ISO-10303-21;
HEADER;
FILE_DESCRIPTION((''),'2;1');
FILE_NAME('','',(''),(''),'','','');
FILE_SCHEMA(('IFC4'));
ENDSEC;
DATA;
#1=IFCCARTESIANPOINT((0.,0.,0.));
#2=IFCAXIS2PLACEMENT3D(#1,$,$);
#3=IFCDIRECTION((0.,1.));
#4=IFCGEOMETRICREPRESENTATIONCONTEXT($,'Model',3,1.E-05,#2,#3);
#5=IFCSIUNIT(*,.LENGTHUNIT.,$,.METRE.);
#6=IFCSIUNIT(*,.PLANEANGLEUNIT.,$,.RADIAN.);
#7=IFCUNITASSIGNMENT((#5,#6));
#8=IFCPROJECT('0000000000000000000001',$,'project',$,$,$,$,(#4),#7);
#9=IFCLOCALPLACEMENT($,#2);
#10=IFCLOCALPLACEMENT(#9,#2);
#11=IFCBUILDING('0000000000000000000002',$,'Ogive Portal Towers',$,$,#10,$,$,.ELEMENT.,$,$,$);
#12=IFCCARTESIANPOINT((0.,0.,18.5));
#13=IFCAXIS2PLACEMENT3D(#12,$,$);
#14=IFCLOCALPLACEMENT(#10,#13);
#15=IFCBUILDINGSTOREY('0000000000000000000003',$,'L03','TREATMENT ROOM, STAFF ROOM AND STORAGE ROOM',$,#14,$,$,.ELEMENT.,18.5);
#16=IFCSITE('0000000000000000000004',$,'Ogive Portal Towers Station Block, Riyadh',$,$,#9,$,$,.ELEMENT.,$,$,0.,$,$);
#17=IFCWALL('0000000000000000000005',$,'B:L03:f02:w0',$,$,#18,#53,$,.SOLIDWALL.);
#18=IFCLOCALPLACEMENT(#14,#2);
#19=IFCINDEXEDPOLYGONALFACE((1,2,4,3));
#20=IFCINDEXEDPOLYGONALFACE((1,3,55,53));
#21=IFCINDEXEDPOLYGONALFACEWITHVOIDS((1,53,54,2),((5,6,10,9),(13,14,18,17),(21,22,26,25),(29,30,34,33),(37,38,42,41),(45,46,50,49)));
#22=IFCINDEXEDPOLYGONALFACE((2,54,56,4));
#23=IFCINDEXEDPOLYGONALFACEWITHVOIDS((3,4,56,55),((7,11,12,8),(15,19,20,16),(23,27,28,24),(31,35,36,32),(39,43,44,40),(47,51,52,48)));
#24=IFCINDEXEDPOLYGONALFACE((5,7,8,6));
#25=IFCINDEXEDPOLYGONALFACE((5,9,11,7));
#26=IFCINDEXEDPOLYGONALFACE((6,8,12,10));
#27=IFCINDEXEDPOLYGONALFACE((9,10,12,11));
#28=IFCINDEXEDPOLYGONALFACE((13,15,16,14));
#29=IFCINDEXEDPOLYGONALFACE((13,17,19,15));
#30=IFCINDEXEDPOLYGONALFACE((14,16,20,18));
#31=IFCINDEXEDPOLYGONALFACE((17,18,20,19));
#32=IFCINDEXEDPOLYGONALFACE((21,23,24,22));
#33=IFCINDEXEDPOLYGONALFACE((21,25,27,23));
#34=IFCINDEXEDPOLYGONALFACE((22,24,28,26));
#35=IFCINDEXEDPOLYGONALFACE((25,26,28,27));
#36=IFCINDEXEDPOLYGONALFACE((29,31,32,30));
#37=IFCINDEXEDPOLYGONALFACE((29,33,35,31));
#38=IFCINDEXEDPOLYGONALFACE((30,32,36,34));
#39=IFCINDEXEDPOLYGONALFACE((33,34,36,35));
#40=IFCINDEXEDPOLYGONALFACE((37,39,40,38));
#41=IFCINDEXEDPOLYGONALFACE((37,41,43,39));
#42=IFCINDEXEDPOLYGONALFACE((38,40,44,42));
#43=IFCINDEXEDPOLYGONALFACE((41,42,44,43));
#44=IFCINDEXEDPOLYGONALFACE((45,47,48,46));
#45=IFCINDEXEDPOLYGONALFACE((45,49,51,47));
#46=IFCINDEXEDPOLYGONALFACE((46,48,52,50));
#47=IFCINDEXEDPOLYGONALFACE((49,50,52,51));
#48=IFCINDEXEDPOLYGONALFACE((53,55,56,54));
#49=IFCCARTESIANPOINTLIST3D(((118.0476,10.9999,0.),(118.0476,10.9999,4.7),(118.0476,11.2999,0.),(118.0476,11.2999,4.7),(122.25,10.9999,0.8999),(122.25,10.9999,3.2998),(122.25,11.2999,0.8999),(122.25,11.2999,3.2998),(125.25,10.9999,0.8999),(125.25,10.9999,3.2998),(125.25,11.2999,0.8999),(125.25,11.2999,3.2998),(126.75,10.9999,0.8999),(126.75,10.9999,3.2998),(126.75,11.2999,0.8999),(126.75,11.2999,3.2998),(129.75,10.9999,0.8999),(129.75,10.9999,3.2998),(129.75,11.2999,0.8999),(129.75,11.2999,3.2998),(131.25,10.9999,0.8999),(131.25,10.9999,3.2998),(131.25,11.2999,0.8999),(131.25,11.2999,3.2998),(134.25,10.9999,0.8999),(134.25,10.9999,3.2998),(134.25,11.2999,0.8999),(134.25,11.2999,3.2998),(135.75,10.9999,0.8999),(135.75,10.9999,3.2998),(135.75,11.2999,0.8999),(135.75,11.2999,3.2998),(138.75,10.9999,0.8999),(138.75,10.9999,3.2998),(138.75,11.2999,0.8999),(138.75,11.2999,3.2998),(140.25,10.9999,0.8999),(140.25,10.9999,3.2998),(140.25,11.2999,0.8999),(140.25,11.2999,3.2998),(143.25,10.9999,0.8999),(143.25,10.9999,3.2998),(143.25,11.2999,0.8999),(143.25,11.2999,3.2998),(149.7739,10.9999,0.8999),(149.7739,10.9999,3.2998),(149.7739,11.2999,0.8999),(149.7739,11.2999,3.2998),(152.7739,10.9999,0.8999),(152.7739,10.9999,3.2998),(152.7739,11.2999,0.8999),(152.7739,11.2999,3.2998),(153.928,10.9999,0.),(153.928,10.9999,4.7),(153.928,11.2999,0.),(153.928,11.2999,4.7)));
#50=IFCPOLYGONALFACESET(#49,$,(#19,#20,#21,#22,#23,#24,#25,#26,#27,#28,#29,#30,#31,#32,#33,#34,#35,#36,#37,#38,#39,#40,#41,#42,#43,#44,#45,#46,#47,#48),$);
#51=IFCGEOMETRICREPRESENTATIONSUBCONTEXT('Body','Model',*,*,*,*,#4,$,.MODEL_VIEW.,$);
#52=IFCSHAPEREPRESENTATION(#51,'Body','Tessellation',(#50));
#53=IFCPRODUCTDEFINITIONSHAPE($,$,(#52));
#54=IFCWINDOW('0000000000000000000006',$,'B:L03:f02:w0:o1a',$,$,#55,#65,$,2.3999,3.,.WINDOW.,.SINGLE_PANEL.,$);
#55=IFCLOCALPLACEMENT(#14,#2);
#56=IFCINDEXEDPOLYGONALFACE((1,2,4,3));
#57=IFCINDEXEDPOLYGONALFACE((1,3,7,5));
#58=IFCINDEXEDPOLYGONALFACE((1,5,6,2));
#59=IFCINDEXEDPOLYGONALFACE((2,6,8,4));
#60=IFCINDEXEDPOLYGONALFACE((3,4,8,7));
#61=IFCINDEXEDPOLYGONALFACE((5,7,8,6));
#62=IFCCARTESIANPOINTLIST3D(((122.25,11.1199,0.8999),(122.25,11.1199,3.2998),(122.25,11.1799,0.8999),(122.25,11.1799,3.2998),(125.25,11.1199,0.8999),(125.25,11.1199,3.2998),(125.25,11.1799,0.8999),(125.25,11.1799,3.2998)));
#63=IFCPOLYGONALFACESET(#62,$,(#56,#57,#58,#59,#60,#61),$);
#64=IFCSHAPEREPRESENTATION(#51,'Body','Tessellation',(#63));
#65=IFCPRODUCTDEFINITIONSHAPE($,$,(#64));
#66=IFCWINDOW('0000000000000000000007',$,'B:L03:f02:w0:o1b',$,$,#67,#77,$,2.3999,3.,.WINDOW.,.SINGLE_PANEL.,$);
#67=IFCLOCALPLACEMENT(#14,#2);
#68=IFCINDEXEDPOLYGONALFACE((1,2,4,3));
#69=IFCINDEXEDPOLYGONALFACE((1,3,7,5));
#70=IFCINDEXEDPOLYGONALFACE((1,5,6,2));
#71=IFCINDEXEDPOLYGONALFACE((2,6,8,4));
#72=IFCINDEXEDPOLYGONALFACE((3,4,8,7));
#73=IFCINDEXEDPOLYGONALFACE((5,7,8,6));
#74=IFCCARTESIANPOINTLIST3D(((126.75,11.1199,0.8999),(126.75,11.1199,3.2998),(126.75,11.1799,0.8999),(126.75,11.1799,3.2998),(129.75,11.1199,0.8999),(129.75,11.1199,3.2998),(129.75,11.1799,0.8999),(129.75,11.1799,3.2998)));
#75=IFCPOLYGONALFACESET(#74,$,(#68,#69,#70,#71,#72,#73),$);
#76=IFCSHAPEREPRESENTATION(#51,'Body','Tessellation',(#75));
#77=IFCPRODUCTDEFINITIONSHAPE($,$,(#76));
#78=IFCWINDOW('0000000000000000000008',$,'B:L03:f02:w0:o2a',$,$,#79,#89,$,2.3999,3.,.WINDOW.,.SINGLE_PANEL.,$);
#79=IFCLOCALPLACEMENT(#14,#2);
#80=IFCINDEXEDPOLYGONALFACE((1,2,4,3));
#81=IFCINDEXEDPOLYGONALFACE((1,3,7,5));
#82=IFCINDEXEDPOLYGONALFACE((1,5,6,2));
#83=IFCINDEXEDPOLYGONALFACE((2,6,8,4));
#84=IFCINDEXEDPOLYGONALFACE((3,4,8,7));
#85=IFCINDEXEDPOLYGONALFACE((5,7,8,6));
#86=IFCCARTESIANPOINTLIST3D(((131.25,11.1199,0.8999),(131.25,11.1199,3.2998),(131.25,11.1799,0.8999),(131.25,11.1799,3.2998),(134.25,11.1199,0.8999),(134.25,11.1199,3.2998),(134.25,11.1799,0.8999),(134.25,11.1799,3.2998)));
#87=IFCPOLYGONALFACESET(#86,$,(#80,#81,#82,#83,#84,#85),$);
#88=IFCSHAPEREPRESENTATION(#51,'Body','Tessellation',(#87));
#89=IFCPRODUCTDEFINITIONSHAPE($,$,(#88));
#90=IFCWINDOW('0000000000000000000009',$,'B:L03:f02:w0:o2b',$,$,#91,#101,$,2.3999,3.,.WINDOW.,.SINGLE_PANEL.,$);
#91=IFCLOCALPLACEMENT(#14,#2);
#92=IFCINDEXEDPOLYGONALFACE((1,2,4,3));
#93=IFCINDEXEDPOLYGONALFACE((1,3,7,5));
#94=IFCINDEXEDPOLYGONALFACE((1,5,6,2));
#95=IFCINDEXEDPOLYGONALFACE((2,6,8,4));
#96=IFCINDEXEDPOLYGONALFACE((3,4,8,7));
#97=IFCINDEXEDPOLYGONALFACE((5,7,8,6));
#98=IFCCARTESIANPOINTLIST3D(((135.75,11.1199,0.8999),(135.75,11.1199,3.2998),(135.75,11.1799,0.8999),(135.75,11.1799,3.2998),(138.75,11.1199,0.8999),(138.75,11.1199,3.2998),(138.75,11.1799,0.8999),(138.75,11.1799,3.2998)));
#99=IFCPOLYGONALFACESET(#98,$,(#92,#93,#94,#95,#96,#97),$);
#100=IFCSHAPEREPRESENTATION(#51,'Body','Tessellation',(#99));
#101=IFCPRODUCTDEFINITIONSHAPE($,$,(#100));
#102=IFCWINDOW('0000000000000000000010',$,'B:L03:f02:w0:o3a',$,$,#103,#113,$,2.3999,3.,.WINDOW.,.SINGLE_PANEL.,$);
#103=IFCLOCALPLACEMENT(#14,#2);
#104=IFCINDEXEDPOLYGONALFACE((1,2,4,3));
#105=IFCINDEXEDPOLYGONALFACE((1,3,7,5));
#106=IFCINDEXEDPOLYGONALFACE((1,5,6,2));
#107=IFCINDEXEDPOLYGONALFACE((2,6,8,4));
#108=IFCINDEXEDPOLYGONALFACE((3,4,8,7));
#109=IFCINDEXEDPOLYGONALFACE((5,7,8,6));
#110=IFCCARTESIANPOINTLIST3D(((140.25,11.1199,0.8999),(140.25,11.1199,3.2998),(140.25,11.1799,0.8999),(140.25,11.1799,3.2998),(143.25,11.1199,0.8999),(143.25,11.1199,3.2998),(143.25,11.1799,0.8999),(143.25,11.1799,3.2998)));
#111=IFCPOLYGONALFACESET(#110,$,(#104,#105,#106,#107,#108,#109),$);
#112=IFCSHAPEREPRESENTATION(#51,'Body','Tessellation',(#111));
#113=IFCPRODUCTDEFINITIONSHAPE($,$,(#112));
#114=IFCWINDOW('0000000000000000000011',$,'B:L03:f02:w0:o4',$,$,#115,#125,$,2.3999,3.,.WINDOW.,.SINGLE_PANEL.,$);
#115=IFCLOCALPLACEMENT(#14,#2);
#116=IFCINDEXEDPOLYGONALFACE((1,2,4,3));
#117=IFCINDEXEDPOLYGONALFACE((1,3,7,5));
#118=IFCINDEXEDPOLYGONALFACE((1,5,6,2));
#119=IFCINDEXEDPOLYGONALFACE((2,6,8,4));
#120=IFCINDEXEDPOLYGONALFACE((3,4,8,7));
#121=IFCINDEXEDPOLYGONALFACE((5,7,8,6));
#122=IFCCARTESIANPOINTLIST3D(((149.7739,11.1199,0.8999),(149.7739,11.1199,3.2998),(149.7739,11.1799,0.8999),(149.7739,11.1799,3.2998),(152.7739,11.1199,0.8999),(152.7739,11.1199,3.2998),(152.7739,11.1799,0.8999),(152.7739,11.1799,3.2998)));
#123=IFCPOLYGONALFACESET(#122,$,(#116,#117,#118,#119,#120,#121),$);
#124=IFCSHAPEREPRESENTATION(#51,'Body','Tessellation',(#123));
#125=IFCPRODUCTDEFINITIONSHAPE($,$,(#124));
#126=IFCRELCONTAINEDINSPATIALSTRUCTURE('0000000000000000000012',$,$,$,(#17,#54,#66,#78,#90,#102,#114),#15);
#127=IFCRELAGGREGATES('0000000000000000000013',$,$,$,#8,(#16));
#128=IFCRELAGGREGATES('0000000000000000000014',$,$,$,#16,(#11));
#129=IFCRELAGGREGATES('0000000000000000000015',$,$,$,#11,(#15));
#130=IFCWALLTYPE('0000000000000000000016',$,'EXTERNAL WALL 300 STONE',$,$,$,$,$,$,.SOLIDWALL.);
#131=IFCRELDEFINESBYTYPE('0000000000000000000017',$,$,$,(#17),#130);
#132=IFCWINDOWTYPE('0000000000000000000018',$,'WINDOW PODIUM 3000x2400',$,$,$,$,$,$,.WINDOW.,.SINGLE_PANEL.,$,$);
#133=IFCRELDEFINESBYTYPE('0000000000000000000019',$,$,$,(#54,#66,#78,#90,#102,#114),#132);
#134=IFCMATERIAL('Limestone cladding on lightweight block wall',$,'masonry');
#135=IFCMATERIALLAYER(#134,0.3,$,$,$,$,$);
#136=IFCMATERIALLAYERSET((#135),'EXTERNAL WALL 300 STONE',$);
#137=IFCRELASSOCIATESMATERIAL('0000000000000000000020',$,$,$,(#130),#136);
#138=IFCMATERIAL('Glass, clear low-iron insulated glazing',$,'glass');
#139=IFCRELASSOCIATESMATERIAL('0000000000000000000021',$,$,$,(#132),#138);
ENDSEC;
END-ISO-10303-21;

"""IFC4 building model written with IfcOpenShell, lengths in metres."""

from ifc_helpers import new_model, si_unit, direction, frame, frame_2d, origin, place, context, subcontext, project, spatial, rectangle, extrude, material, layer, layer_set, type_object, element, fill, save


model = new_model("IFC4")

# Units and contexts
model_context = context("Model", 3, precision=1e-05, world=origin(), true_north=direction((0.0, 1.0)))
body_context = subcontext(model_context, "Body", "Model", "MODEL_VIEW")
ifc_project = project(units=[si_unit("LENGTHUNIT", "METRE"), si_unit("PLANEANGLEUNIT", "RADIAN")], contexts=[model_context])

# Site, building, storey
site_placement = place(None, origin())
site = spatial("IfcSite", under=ifc_project, at=site_placement, Name="Ogive Portal Towers Station Block, Riyadh", CompositionType="ELEMENT", RefElevation=0.0)
building_placement = place(site_placement, origin())
building = spatial("IfcBuilding", under=site, at=building_placement, Name="Ogive Portal Towers", CompositionType="ELEMENT")
storey_placement = place(building_placement, frame((0.0, 0.0, 18.5)))
storey = spatial("IfcBuildingStorey", under=building, at=storey_placement, Name="L03", Description="TREATMENT ROOM, STAFF ROOM AND STORAGE ROOM", CompositionType="ELEMENT", Elevation=18.5)

# Shared definitions
ifc_material_1 = material(Name="Limestone cladding on lightweight block wall", Category="masonry")
ifc_layer_1 = layer(ifc_material_1, 0.3)
ifc_layer_set_1 = layer_set([ifc_layer_1], Name="EXTERNAL WALL 300 STONE")
wall_type_1 = type_object("IfcWallType", Name="EXTERNAL WALL 300 STONE", PredefinedType="SOLIDWALL", material=ifc_layer_set_1)

# Wall, openings, windows
wall_1_placement = place(storey_placement, frame((118.0476, 11.1499, 0.0), z_axis=(0.0, 0.0, 1.0), x_axis=(1.0, 0.0, 0.0)))
wall_1 = element("IfcWall", 1, at=wall_1_placement, inside=storey, type_object=wall_type_1, Name="B:L03:f02:w0", PredefinedType="SOLIDWALL", context=body_context, shape_type="SweptSolid", body=[
    extrude(rectangle(XDim=35.8804, YDim=0.3, at=frame_2d((17.9402, 0.0))), origin(), (0.0, 0.0, 1.0), 4.7),
])
opening_1_placement = place(wall_1_placement, frame((4.2024, 0.0, 0.8999)))
opening_1 = element("IfcOpeningElement", 2, at=opening_1_placement, cuts=wall_1, PredefinedType="OPENING", context=body_context, shape_type="SweptSolid", body=[
    extrude(rectangle(XDim=3.0, YDim=2.3999, at=frame_2d((1.5, 1.2))), frame((0.0, 0.1602, 0.0), z_axis=(0.0, -1.0, 0.0), x_axis=(1.0, 0.0, 0.0)), (0.0, 0.0, 1.0), 0.3201),
])
opening_2_placement = place(wall_1_placement, frame((8.7024, 0.0, 0.8999)))
opening_2 = element("IfcOpeningElement", 3, at=opening_2_placement, cuts=wall_1, PredefinedType="OPENING", context=body_context, shape_type="SweptSolid", body=[
    extrude(rectangle(XDim=3.0, YDim=2.3999, at=frame_2d((1.5, 1.2))), frame((0.0, 0.1602, 0.0), z_axis=(0.0, -1.0, 0.0), x_axis=(1.0, 0.0, 0.0)), (0.0, 0.0, 1.0), 0.3201),
])
opening_3_placement = place(wall_1_placement, frame((13.2024, 0.0, 0.8999)))
opening_3 = element("IfcOpeningElement", 4, at=opening_3_placement, cuts=wall_1, PredefinedType="OPENING", context=body_context, shape_type="SweptSolid", body=[
    extrude(rectangle(XDim=3.0, YDim=2.3999, at=frame_2d((1.5, 1.2))), frame((0.0, 0.1602, 0.0), z_axis=(0.0, -1.0, 0.0), x_axis=(1.0, 0.0, 0.0)), (0.0, 0.0, 1.0), 0.3201),
])
opening_4_placement = place(wall_1_placement, frame((17.7024, 0.0, 0.8999)))
opening_4 = element("IfcOpeningElement", 5, at=opening_4_placement, cuts=wall_1, PredefinedType="OPENING", context=body_context, shape_type="SweptSolid", body=[
    extrude(rectangle(XDim=3.0, YDim=2.3999, at=frame_2d((1.5, 1.2))), frame((0.0, 0.1602, 0.0), z_axis=(0.0, -1.0, 0.0), x_axis=(1.0, 0.0, 0.0)), (0.0, 0.0, 1.0), 0.3201),
])
opening_5_placement = place(wall_1_placement, frame((22.2024, 0.0, 0.8999)))
opening_5 = element("IfcOpeningElement", 6, at=opening_5_placement, cuts=wall_1, PredefinedType="OPENING", context=body_context, shape_type="SweptSolid", body=[
    extrude(rectangle(XDim=3.0, YDim=2.3999, at=frame_2d((1.5, 1.2))), frame((0.0, 0.1602, 0.0), z_axis=(0.0, -1.0, 0.0), x_axis=(1.0, 0.0, 0.0)), (0.0, 0.0, 1.0), 0.3201),
])
opening_6_placement = place(wall_1_placement, frame((31.7263, 0.0, 0.8999)))
opening_6 = element("IfcOpeningElement", 7, at=opening_6_placement, cuts=wall_1, PredefinedType="OPENING", context=body_context, shape_type="SweptSolid", body=[
    extrude(rectangle(XDim=3.0, YDim=2.3999, at=frame_2d((1.5, 1.2))), frame((0.0, 0.1602, 0.0), z_axis=(0.0, -1.0, 0.0), x_axis=(1.0, 0.0, 0.0)), (0.0, 0.0, 1.0), 0.3201),
])
ifc_material_2 = material(Name="Glass, clear low-iron insulated glazing", Category="glass")
window_type = type_object("IfcWindowType", Name="WINDOW PODIUM 3000x2400", PartitioningType="SINGLE_PANEL", PredefinedType="WINDOW", material=ifc_material_2)
window_1_placement = place(opening_1_placement, origin())
window_1 = element("IfcWindow", 8, at=window_1_placement, inside=storey, type_object=window_type, Name="B:L03:f02:w0:o1a", OverallHeight=2.3999, OverallWidth=3.0, PartitioningType="SINGLE_PANEL", PredefinedType="WINDOW", context=body_context, shape_type="SweptSolid", body=[
    extrude(rectangle(XDim=3.0, YDim=2.3999, at=frame_2d((1.5, 1.2))), frame((0.0, 0.03, 0.0), z_axis=(0.0, -1.0, 0.0), x_axis=(1.0, 0.0, 0.0)), (0.0, 0.0, 1.0), 0.0601),
])
fill(opening_1, window_1)
window_2_placement = place(opening_2_placement, origin())
window_2 = element("IfcWindow", 9, at=window_2_placement, inside=storey, type_object=window_type, Name="B:L03:f02:w0:o1b", OverallHeight=2.3999, OverallWidth=3.0, PartitioningType="SINGLE_PANEL", PredefinedType="WINDOW", context=body_context, shape_type="SweptSolid", body=[
    extrude(rectangle(XDim=3.0, YDim=2.3999, at=frame_2d((1.5, 1.2))), frame((0.0, 0.03, 0.0), z_axis=(0.0, -1.0, 0.0), x_axis=(1.0, 0.0, 0.0)), (0.0, 0.0, 1.0), 0.0601),
])
fill(opening_2, window_2)
window_3_placement = place(opening_3_placement, origin())
window_3 = element("IfcWindow", 10, at=window_3_placement, inside=storey, type_object=window_type, Name="B:L03:f02:w0:o2a", OverallHeight=2.3999, OverallWidth=3.0, PartitioningType="SINGLE_PANEL", PredefinedType="WINDOW", context=body_context, shape_type="SweptSolid", body=[
    extrude(rectangle(XDim=3.0, YDim=2.3999, at=frame_2d((1.5, 1.2))), frame((0.0, 0.03, 0.0), z_axis=(0.0, -1.0, 0.0), x_axis=(1.0, 0.0, 0.0)), (0.0, 0.0, 1.0), 0.0601),
])
fill(opening_3, window_3)
window_4_placement = place(opening_4_placement, origin())
window_4 = element("IfcWindow", 11, at=window_4_placement, inside=storey, type_object=window_type, Name="B:L03:f02:w0:o2b", OverallHeight=2.3999, OverallWidth=3.0, PartitioningType="SINGLE_PANEL", PredefinedType="WINDOW", context=body_context, shape_type="SweptSolid", body=[
    extrude(rectangle(XDim=3.0, YDim=2.3999, at=frame_2d((1.5, 1.2))), frame((0.0, 0.03, 0.0), z_axis=(0.0, -1.0, 0.0), x_axis=(1.0, 0.0, 0.0)), (0.0, 0.0, 1.0), 0.0601),
])
fill(opening_4, window_4)
window_5_placement = place(opening_5_placement, origin())
window_5 = element("IfcWindow", 12, at=window_5_placement, inside=storey, type_object=window_type, Name="B:L03:f02:w0:o3a", OverallHeight=2.3999, OverallWidth=3.0, PartitioningType="SINGLE_PANEL", PredefinedType="WINDOW", context=body_context, shape_type="SweptSolid", body=[
    extrude(rectangle(XDim=3.0, YDim=2.3999, at=frame_2d((1.5, 1.2))), frame((0.0, 0.03, 0.0), z_axis=(0.0, -1.0, 0.0), x_axis=(1.0, 0.0, 0.0)), (0.0, 0.0, 1.0), 0.0601),
])
fill(opening_5, window_5)
window_6_placement = place(opening_6_placement, origin())
window_6 = element("IfcWindow", 13, at=window_6_placement, inside=storey, type_object=window_type, Name="B:L03:f02:w0:o4", OverallHeight=2.3999, OverallWidth=3.0, PartitioningType="SINGLE_PANEL", PredefinedType="WINDOW", context=body_context, shape_type="SweptSolid", body=[
    extrude(rectangle(XDim=3.0, YDim=2.3999, at=frame_2d((1.5, 1.2))), frame((0.0, 0.03, 0.0), z_axis=(0.0, -1.0, 0.0), x_axis=(1.0, 0.0, 0.0)), (0.0, 0.0, 1.0), 0.0601),
])
fill(opening_6, window_6)

save(model, "model.ifc")
